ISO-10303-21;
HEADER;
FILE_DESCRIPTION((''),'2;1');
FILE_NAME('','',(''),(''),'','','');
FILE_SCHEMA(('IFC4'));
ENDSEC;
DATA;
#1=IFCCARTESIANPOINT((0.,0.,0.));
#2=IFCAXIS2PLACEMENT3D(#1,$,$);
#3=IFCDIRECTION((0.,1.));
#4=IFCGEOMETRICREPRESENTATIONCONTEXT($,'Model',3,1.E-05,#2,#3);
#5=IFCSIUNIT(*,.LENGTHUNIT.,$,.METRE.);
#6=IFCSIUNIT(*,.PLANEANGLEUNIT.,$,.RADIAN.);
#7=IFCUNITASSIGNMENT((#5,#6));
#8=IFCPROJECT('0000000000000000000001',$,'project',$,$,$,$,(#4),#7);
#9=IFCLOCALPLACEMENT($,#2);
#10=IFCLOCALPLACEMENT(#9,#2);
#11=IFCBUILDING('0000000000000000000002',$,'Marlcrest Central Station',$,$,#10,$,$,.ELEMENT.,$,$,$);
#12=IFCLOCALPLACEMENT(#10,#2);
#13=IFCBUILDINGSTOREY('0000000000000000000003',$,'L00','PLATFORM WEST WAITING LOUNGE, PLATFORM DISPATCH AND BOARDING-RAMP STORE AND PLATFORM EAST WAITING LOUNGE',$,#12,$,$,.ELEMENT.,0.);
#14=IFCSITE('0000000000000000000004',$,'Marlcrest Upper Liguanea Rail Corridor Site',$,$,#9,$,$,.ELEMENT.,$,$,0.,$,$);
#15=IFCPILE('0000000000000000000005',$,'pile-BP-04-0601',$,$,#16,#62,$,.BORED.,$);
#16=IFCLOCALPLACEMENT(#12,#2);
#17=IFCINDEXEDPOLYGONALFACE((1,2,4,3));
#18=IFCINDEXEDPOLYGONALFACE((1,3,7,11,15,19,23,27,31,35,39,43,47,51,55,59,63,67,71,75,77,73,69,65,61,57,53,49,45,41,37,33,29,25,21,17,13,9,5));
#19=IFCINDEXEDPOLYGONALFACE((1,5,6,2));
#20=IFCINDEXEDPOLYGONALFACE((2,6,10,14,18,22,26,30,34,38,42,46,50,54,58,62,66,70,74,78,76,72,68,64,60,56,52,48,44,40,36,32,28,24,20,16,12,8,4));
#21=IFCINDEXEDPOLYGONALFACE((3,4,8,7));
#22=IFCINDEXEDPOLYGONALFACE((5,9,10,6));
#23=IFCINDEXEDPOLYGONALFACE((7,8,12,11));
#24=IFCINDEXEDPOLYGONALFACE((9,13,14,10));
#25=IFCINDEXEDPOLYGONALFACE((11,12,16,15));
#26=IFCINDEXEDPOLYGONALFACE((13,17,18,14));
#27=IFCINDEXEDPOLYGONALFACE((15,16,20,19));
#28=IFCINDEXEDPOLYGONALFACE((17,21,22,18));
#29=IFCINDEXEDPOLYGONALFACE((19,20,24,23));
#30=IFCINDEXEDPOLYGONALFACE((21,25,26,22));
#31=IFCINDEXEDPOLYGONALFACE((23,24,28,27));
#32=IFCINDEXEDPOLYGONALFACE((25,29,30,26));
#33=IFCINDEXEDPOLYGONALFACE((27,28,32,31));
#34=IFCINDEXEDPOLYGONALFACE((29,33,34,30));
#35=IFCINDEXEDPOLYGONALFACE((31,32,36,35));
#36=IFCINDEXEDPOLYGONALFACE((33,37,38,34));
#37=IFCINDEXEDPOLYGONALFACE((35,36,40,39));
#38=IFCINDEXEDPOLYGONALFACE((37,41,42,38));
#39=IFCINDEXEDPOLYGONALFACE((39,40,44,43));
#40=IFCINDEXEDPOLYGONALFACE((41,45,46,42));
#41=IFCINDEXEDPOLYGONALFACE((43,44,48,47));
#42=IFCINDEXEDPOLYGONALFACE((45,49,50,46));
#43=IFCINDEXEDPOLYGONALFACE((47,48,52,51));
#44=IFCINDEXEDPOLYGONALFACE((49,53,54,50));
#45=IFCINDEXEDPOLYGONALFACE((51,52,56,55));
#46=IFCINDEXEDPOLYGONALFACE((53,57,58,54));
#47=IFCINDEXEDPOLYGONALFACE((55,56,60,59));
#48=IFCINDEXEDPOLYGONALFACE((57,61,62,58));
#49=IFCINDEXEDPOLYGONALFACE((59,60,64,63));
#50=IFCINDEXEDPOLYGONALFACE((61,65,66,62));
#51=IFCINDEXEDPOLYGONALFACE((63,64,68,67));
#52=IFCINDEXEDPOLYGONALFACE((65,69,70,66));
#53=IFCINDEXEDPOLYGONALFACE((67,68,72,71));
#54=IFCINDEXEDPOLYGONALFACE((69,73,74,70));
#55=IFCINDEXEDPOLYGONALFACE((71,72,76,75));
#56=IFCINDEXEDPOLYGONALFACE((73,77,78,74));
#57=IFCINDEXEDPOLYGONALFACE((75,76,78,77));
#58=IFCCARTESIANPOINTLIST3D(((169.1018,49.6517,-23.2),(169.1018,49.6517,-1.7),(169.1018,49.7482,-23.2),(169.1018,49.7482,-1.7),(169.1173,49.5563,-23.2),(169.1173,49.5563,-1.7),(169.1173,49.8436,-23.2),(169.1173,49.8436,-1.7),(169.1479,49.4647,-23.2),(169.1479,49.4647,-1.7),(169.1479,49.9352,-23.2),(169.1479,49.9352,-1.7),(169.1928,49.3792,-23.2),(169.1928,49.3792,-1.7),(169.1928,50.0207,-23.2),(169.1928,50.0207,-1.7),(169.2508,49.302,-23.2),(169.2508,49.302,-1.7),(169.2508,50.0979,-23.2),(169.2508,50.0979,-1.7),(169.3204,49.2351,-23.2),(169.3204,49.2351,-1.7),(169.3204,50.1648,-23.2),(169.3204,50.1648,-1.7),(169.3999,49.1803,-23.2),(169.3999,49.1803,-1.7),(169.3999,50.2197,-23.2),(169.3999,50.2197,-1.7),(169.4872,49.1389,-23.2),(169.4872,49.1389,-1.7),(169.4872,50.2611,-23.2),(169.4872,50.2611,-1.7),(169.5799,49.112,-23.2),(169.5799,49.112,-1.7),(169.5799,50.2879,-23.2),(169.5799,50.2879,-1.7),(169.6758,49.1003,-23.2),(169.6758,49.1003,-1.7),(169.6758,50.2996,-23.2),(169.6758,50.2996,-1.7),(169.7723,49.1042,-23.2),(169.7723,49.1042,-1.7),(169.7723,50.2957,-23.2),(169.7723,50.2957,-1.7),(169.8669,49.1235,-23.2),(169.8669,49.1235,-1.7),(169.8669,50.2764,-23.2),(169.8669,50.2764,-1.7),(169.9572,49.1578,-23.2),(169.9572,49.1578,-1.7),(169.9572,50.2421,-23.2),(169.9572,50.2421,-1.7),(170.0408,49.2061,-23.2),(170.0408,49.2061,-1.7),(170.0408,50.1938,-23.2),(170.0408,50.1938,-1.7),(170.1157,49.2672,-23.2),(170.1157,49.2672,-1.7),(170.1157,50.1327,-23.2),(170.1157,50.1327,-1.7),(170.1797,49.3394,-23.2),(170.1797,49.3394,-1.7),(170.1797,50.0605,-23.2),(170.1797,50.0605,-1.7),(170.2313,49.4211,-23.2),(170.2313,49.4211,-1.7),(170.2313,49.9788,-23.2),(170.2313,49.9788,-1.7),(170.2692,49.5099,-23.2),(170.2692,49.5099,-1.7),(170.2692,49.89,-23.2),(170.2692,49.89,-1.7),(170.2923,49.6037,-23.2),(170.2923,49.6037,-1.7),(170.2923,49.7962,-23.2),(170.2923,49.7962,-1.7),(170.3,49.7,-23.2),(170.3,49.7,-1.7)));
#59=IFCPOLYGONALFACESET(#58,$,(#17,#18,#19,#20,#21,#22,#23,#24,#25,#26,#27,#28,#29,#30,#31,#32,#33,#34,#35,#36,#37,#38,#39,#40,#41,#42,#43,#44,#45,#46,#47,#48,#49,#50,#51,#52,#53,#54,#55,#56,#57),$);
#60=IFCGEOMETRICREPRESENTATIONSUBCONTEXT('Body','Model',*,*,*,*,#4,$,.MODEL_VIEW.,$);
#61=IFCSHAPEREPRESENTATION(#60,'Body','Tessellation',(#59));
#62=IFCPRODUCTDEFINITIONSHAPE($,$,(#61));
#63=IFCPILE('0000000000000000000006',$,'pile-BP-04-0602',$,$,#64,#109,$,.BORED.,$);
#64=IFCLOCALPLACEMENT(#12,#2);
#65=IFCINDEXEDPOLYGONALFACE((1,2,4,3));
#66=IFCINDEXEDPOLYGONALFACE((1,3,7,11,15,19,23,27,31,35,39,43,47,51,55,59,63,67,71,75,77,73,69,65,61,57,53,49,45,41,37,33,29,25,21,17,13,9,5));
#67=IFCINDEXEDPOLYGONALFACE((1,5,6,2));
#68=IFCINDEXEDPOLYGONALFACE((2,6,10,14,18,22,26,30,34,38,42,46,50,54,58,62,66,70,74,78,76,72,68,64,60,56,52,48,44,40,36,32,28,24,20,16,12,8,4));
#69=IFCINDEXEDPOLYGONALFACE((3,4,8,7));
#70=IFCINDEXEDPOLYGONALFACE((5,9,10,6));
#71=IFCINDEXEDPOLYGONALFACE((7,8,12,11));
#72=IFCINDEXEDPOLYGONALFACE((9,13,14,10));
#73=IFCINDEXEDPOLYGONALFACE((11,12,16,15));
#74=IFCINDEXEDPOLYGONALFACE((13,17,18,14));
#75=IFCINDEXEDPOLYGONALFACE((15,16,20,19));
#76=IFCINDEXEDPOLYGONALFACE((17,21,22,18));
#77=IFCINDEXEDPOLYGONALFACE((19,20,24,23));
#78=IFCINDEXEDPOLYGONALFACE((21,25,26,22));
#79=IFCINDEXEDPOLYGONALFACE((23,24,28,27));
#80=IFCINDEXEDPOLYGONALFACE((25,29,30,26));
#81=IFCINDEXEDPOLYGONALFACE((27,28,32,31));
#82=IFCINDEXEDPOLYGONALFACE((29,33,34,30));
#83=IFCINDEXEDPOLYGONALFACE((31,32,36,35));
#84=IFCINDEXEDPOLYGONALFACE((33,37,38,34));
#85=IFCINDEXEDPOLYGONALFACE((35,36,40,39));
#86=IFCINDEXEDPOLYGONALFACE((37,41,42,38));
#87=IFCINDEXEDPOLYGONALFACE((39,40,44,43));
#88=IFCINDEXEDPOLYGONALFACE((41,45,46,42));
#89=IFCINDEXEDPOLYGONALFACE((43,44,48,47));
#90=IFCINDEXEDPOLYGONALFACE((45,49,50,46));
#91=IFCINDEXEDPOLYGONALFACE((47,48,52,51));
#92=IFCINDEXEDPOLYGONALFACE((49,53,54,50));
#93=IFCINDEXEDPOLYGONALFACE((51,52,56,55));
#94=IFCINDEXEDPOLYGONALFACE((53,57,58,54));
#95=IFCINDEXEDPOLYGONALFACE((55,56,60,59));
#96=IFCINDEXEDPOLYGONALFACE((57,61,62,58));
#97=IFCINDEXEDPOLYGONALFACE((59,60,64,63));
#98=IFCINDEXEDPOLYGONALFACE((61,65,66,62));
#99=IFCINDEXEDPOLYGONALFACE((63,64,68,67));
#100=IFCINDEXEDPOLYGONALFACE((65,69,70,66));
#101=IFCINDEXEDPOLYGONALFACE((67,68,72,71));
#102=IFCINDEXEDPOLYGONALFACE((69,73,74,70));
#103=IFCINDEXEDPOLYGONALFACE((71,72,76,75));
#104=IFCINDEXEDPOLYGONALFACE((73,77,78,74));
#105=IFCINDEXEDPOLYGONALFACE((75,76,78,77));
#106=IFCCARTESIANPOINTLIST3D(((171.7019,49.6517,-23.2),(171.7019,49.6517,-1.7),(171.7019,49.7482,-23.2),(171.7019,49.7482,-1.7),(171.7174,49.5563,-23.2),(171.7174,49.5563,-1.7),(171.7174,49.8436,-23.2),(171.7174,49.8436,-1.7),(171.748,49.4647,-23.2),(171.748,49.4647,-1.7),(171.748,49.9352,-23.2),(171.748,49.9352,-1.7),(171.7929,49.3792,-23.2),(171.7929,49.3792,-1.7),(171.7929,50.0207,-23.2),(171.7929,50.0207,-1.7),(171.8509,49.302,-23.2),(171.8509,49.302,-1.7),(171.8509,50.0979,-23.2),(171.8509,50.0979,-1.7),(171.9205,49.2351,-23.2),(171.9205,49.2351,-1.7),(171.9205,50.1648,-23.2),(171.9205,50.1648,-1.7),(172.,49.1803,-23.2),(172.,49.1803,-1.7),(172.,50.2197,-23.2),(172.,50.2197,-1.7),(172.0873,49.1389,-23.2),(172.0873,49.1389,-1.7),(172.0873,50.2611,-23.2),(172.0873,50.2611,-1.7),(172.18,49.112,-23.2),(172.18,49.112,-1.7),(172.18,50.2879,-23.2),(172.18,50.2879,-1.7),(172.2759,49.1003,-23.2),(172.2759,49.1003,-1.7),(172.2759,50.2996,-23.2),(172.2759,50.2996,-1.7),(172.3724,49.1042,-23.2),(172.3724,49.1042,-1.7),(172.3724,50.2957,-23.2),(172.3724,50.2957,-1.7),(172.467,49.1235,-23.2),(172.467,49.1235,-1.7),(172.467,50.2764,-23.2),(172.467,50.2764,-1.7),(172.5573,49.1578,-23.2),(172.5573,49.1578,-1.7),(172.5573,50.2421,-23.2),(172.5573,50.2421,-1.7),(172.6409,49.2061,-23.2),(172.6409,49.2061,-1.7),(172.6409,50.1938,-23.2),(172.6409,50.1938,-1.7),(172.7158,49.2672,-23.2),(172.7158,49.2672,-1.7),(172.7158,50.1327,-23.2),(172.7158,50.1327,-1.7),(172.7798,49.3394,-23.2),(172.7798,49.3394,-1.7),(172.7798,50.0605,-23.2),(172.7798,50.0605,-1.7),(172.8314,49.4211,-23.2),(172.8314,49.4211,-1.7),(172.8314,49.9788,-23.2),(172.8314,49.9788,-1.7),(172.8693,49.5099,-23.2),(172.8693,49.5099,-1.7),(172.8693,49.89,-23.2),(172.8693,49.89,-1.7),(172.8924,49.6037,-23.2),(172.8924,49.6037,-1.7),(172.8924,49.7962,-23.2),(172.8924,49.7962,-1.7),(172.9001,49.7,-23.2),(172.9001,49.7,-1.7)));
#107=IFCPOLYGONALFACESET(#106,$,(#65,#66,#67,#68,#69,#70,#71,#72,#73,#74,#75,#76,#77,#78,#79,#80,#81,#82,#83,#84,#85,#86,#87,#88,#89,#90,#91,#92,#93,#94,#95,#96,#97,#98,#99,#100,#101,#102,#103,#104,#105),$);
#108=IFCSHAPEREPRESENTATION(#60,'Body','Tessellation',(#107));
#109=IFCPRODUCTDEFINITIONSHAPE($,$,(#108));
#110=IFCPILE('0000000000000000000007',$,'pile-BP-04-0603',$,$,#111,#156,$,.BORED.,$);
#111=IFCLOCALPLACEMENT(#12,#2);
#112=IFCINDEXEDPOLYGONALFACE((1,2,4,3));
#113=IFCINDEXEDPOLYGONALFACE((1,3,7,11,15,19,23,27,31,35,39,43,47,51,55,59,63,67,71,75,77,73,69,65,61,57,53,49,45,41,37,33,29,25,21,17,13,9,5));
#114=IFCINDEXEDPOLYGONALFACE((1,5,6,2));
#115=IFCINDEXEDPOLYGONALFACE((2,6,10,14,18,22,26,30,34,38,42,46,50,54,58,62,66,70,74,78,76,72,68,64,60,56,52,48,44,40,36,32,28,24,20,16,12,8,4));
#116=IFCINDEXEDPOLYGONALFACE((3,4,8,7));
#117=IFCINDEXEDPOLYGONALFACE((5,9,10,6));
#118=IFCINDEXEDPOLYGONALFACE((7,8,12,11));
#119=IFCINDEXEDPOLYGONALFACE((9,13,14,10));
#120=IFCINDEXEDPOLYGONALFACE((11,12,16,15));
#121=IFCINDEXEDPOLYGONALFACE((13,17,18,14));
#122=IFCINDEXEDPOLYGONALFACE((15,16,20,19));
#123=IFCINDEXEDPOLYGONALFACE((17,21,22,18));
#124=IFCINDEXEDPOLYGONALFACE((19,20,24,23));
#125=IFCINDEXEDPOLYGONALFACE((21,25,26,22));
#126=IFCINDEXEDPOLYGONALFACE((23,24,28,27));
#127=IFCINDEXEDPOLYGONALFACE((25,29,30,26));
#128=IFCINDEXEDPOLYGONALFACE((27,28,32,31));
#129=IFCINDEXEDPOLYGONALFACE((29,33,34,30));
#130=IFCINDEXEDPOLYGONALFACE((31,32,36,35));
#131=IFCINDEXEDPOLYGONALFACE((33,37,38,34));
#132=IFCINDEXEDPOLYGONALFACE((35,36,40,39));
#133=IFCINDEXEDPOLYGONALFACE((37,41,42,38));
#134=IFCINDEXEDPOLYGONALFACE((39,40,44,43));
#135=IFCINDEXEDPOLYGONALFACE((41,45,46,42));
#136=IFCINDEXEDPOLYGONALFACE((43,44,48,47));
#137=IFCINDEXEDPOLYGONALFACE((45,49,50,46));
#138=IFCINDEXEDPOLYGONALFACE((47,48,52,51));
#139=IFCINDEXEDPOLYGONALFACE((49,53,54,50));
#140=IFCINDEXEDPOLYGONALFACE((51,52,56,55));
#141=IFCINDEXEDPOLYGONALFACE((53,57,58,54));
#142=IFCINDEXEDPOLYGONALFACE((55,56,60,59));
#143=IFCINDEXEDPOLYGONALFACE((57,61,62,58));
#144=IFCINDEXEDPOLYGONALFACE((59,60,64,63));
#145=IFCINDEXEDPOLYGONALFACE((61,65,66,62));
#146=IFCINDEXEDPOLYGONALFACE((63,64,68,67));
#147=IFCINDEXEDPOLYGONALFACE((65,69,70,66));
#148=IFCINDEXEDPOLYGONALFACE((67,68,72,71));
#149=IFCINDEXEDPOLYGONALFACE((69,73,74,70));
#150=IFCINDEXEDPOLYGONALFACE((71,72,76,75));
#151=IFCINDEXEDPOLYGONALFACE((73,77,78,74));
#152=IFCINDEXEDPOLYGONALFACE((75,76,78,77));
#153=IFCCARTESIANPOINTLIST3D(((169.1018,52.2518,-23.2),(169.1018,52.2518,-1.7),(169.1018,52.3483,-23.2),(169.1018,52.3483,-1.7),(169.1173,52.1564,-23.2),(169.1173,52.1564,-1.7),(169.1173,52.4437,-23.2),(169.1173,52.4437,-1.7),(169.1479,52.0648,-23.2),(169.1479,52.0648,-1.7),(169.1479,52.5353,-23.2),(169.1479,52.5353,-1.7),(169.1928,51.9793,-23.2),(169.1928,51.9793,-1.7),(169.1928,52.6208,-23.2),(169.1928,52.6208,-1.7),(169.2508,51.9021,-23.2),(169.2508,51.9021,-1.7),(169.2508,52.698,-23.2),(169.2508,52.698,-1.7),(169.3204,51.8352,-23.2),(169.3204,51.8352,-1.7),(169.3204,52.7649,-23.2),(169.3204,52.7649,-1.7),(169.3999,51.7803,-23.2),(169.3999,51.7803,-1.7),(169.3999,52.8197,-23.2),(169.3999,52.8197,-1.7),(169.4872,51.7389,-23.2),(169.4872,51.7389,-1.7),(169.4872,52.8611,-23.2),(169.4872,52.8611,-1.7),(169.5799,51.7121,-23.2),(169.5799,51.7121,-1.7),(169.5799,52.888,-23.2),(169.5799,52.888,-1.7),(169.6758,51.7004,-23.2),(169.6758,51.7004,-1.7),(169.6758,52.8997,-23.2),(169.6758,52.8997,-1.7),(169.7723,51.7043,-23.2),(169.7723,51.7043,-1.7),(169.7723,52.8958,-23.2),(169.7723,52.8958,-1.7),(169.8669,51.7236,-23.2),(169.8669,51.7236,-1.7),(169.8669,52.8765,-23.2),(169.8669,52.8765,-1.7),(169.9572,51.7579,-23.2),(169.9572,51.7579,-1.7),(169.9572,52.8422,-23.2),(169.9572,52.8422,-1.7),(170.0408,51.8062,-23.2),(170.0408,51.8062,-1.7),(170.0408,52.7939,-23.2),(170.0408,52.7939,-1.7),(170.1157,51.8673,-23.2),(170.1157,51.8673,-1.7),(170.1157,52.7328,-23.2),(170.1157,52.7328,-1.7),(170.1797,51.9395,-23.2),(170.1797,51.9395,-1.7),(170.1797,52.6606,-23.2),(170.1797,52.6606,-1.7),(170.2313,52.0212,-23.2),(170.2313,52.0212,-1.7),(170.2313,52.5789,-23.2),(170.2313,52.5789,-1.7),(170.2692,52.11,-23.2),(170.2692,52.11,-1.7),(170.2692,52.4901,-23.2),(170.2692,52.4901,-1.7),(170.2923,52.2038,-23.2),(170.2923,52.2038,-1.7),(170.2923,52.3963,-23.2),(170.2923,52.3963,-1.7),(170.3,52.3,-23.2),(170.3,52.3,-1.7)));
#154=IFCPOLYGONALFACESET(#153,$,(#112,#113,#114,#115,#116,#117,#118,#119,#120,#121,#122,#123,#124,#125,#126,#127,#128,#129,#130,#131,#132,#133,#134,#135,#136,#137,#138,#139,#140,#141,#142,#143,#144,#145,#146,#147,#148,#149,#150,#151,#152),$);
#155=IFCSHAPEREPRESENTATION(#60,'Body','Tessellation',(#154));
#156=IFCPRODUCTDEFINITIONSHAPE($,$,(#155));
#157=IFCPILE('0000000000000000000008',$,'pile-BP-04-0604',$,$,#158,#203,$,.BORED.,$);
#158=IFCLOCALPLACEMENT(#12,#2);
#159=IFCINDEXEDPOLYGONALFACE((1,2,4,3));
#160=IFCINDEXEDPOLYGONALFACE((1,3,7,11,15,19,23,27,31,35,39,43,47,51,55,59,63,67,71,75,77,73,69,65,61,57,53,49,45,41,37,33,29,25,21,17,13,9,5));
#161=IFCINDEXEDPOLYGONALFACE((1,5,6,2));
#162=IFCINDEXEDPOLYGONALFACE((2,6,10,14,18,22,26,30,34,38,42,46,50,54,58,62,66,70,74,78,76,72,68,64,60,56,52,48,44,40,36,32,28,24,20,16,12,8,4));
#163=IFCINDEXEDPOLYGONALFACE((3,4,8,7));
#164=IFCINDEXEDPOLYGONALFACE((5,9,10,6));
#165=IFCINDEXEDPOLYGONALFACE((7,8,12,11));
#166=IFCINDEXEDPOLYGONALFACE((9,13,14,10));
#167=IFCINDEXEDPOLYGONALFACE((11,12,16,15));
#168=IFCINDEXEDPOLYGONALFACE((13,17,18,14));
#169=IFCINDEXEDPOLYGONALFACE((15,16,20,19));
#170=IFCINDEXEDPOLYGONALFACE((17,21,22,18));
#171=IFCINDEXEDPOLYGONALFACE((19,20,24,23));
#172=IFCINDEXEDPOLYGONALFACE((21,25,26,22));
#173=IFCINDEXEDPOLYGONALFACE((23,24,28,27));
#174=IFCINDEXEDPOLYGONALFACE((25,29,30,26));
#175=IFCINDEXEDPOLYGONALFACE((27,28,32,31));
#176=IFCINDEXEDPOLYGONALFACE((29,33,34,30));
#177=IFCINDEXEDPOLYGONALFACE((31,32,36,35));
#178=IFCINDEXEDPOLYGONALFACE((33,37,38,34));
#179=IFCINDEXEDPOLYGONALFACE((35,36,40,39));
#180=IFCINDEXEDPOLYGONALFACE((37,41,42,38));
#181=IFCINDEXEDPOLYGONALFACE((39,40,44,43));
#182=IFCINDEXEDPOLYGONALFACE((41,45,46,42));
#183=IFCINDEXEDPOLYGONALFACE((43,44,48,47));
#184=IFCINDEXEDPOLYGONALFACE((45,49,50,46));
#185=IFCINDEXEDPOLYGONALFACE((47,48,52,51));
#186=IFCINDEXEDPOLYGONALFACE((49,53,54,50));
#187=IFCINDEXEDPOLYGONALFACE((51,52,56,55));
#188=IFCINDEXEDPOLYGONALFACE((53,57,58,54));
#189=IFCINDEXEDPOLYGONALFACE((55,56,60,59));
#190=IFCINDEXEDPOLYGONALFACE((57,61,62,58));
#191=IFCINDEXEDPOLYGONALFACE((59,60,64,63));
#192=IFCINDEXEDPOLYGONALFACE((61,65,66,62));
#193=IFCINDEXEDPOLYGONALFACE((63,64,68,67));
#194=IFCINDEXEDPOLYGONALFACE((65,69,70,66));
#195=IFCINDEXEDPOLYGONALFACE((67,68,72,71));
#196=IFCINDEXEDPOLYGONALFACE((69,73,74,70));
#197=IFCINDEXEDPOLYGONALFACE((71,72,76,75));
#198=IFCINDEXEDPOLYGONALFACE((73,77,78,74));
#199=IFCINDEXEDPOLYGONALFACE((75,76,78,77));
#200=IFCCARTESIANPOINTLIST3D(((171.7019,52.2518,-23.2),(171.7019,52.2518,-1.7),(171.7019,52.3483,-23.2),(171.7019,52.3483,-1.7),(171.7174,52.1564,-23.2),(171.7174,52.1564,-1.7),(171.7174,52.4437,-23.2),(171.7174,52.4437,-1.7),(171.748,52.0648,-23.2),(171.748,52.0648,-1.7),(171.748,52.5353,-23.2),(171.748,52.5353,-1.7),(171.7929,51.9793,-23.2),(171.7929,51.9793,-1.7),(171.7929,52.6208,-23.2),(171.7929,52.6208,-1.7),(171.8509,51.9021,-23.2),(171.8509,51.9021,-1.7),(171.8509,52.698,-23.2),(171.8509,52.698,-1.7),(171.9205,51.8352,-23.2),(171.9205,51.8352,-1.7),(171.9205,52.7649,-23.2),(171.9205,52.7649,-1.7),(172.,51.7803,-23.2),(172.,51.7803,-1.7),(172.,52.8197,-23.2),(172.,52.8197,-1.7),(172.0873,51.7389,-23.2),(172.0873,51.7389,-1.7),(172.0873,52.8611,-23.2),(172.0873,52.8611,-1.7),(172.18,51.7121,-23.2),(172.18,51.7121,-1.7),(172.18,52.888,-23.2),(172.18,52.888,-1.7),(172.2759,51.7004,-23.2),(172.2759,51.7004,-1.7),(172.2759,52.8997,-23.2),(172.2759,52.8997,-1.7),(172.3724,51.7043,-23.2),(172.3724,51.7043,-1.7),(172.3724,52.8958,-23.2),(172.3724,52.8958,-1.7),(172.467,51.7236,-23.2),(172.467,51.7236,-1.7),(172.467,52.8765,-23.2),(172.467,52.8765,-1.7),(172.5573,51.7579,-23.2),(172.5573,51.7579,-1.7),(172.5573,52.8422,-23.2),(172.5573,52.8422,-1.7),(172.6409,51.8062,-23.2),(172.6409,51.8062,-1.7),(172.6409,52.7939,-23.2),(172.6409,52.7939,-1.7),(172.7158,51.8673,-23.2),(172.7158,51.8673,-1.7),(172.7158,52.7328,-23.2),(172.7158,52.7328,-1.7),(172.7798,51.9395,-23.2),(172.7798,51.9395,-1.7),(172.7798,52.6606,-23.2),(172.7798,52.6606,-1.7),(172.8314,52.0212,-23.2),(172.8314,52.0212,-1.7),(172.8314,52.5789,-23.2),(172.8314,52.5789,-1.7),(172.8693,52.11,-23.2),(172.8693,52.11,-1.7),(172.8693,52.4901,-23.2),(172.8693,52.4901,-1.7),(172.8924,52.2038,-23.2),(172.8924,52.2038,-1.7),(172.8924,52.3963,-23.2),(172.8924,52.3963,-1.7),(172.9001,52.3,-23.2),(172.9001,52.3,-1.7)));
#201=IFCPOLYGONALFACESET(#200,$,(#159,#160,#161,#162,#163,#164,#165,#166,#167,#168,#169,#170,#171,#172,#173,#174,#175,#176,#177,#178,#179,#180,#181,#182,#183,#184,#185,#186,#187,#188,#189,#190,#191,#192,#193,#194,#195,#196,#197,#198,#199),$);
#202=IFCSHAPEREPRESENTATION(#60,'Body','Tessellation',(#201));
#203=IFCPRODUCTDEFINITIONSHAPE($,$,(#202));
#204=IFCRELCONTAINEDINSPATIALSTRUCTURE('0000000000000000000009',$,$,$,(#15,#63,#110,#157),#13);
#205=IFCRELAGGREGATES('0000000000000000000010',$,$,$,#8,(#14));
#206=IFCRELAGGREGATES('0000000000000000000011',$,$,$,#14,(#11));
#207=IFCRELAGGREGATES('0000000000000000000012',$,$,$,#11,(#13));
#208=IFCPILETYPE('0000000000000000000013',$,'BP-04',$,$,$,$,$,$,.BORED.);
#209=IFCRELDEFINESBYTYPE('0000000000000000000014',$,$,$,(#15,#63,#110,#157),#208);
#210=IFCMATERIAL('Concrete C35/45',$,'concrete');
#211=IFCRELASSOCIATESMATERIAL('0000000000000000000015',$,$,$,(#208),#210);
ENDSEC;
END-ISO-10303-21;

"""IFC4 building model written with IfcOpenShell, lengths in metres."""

from ifc_helpers import new_model, si_unit, direction, frame, origin, origin_2d, place, context, subcontext, project, spatial, circle, extrude, material, material_profile, profile_set, type_object, element, save


model = new_model("IFC4")

# Units and contexts
model_context = context("Model", 3, precision=1e-05, world=origin(), true_north=direction((0.0, 1.0)))
body_context = subcontext(model_context, "Body", "Model", "MODEL_VIEW")
ifc_project = project(units=[si_unit("LENGTHUNIT", "METRE"), si_unit("PLANEANGLEUNIT", "RADIAN")], contexts=[model_context])

# Site, building, storey
site_placement = place(None, origin())
site = spatial("IfcSite", under=ifc_project, at=site_placement, Name="Marlcrest Upper Liguanea Rail Corridor Site", CompositionType="ELEMENT", RefElevation=0.0)
building_placement = place(site_placement, origin())
building = spatial("IfcBuilding", under=site, at=building_placement, Name="Marlcrest Central Station", CompositionType="ELEMENT")
storey_placement = place(building_placement, origin())
storey = spatial("IfcBuildingStorey", under=building, at=storey_placement, Name="L00", Description="PLATFORM WEST WAITING LOUNGE, PLATFORM DISPATCH AND BOARDING-RAMP STORE AND PLATFORM EAST WAITING LOUNGE", CompositionType="ELEMENT", Elevation=0.0)

# Piles
ifc_material_1 = material(Name="Concrete C35/45", Category="concrete")
ifc_material_profile_1 = material_profile(ifc_material_1, circle(Radius=0.6001, at=origin_2d()), Name="PILE D1200")
ifc_profile_set_1 = profile_set([ifc_material_profile_1], Name="Concrete C35/45")
pile_type = type_object("IfcPileType", Name="BP-04", PredefinedType="BORED", material=ifc_profile_set_1)
for number, where, z_axis, x_axis, name in (
    (1, (169.7, 49.7, -1.7), (0.0, 0.0, -1.0), (1.0, 0.0, 0.0), "pile-BP-04-0601"),
    (2, (172.3, 49.7, -1.7), (0.0, 0.0, -1.0), (1.0, 0.0, 0.0), "pile-BP-04-0602"),
    (3, (169.7, 52.3, -1.7), (0.0, 0.0, -1.0), (1.0, 0.0, 0.0), "pile-BP-04-0603"),
    (4, (172.3, 52.3, -1.7), (0.0, 0.0, -1.0), (1.0, 0.0, 0.0), "pile-BP-04-0604"),
):
    element("IfcPile", number, at=place(storey_placement, frame(where, z_axis=z_axis, x_axis=x_axis)), inside=storey, type_object=pile_type, Name=name, PredefinedType="BORED", context=body_context, shape_type="SweptSolid", body=[
        extrude(circle(Radius=0.6001, at=origin_2d()), origin(), (0.0, 0.0, 1.0), 21.5),
    ])

save(model, "model.ifc")
